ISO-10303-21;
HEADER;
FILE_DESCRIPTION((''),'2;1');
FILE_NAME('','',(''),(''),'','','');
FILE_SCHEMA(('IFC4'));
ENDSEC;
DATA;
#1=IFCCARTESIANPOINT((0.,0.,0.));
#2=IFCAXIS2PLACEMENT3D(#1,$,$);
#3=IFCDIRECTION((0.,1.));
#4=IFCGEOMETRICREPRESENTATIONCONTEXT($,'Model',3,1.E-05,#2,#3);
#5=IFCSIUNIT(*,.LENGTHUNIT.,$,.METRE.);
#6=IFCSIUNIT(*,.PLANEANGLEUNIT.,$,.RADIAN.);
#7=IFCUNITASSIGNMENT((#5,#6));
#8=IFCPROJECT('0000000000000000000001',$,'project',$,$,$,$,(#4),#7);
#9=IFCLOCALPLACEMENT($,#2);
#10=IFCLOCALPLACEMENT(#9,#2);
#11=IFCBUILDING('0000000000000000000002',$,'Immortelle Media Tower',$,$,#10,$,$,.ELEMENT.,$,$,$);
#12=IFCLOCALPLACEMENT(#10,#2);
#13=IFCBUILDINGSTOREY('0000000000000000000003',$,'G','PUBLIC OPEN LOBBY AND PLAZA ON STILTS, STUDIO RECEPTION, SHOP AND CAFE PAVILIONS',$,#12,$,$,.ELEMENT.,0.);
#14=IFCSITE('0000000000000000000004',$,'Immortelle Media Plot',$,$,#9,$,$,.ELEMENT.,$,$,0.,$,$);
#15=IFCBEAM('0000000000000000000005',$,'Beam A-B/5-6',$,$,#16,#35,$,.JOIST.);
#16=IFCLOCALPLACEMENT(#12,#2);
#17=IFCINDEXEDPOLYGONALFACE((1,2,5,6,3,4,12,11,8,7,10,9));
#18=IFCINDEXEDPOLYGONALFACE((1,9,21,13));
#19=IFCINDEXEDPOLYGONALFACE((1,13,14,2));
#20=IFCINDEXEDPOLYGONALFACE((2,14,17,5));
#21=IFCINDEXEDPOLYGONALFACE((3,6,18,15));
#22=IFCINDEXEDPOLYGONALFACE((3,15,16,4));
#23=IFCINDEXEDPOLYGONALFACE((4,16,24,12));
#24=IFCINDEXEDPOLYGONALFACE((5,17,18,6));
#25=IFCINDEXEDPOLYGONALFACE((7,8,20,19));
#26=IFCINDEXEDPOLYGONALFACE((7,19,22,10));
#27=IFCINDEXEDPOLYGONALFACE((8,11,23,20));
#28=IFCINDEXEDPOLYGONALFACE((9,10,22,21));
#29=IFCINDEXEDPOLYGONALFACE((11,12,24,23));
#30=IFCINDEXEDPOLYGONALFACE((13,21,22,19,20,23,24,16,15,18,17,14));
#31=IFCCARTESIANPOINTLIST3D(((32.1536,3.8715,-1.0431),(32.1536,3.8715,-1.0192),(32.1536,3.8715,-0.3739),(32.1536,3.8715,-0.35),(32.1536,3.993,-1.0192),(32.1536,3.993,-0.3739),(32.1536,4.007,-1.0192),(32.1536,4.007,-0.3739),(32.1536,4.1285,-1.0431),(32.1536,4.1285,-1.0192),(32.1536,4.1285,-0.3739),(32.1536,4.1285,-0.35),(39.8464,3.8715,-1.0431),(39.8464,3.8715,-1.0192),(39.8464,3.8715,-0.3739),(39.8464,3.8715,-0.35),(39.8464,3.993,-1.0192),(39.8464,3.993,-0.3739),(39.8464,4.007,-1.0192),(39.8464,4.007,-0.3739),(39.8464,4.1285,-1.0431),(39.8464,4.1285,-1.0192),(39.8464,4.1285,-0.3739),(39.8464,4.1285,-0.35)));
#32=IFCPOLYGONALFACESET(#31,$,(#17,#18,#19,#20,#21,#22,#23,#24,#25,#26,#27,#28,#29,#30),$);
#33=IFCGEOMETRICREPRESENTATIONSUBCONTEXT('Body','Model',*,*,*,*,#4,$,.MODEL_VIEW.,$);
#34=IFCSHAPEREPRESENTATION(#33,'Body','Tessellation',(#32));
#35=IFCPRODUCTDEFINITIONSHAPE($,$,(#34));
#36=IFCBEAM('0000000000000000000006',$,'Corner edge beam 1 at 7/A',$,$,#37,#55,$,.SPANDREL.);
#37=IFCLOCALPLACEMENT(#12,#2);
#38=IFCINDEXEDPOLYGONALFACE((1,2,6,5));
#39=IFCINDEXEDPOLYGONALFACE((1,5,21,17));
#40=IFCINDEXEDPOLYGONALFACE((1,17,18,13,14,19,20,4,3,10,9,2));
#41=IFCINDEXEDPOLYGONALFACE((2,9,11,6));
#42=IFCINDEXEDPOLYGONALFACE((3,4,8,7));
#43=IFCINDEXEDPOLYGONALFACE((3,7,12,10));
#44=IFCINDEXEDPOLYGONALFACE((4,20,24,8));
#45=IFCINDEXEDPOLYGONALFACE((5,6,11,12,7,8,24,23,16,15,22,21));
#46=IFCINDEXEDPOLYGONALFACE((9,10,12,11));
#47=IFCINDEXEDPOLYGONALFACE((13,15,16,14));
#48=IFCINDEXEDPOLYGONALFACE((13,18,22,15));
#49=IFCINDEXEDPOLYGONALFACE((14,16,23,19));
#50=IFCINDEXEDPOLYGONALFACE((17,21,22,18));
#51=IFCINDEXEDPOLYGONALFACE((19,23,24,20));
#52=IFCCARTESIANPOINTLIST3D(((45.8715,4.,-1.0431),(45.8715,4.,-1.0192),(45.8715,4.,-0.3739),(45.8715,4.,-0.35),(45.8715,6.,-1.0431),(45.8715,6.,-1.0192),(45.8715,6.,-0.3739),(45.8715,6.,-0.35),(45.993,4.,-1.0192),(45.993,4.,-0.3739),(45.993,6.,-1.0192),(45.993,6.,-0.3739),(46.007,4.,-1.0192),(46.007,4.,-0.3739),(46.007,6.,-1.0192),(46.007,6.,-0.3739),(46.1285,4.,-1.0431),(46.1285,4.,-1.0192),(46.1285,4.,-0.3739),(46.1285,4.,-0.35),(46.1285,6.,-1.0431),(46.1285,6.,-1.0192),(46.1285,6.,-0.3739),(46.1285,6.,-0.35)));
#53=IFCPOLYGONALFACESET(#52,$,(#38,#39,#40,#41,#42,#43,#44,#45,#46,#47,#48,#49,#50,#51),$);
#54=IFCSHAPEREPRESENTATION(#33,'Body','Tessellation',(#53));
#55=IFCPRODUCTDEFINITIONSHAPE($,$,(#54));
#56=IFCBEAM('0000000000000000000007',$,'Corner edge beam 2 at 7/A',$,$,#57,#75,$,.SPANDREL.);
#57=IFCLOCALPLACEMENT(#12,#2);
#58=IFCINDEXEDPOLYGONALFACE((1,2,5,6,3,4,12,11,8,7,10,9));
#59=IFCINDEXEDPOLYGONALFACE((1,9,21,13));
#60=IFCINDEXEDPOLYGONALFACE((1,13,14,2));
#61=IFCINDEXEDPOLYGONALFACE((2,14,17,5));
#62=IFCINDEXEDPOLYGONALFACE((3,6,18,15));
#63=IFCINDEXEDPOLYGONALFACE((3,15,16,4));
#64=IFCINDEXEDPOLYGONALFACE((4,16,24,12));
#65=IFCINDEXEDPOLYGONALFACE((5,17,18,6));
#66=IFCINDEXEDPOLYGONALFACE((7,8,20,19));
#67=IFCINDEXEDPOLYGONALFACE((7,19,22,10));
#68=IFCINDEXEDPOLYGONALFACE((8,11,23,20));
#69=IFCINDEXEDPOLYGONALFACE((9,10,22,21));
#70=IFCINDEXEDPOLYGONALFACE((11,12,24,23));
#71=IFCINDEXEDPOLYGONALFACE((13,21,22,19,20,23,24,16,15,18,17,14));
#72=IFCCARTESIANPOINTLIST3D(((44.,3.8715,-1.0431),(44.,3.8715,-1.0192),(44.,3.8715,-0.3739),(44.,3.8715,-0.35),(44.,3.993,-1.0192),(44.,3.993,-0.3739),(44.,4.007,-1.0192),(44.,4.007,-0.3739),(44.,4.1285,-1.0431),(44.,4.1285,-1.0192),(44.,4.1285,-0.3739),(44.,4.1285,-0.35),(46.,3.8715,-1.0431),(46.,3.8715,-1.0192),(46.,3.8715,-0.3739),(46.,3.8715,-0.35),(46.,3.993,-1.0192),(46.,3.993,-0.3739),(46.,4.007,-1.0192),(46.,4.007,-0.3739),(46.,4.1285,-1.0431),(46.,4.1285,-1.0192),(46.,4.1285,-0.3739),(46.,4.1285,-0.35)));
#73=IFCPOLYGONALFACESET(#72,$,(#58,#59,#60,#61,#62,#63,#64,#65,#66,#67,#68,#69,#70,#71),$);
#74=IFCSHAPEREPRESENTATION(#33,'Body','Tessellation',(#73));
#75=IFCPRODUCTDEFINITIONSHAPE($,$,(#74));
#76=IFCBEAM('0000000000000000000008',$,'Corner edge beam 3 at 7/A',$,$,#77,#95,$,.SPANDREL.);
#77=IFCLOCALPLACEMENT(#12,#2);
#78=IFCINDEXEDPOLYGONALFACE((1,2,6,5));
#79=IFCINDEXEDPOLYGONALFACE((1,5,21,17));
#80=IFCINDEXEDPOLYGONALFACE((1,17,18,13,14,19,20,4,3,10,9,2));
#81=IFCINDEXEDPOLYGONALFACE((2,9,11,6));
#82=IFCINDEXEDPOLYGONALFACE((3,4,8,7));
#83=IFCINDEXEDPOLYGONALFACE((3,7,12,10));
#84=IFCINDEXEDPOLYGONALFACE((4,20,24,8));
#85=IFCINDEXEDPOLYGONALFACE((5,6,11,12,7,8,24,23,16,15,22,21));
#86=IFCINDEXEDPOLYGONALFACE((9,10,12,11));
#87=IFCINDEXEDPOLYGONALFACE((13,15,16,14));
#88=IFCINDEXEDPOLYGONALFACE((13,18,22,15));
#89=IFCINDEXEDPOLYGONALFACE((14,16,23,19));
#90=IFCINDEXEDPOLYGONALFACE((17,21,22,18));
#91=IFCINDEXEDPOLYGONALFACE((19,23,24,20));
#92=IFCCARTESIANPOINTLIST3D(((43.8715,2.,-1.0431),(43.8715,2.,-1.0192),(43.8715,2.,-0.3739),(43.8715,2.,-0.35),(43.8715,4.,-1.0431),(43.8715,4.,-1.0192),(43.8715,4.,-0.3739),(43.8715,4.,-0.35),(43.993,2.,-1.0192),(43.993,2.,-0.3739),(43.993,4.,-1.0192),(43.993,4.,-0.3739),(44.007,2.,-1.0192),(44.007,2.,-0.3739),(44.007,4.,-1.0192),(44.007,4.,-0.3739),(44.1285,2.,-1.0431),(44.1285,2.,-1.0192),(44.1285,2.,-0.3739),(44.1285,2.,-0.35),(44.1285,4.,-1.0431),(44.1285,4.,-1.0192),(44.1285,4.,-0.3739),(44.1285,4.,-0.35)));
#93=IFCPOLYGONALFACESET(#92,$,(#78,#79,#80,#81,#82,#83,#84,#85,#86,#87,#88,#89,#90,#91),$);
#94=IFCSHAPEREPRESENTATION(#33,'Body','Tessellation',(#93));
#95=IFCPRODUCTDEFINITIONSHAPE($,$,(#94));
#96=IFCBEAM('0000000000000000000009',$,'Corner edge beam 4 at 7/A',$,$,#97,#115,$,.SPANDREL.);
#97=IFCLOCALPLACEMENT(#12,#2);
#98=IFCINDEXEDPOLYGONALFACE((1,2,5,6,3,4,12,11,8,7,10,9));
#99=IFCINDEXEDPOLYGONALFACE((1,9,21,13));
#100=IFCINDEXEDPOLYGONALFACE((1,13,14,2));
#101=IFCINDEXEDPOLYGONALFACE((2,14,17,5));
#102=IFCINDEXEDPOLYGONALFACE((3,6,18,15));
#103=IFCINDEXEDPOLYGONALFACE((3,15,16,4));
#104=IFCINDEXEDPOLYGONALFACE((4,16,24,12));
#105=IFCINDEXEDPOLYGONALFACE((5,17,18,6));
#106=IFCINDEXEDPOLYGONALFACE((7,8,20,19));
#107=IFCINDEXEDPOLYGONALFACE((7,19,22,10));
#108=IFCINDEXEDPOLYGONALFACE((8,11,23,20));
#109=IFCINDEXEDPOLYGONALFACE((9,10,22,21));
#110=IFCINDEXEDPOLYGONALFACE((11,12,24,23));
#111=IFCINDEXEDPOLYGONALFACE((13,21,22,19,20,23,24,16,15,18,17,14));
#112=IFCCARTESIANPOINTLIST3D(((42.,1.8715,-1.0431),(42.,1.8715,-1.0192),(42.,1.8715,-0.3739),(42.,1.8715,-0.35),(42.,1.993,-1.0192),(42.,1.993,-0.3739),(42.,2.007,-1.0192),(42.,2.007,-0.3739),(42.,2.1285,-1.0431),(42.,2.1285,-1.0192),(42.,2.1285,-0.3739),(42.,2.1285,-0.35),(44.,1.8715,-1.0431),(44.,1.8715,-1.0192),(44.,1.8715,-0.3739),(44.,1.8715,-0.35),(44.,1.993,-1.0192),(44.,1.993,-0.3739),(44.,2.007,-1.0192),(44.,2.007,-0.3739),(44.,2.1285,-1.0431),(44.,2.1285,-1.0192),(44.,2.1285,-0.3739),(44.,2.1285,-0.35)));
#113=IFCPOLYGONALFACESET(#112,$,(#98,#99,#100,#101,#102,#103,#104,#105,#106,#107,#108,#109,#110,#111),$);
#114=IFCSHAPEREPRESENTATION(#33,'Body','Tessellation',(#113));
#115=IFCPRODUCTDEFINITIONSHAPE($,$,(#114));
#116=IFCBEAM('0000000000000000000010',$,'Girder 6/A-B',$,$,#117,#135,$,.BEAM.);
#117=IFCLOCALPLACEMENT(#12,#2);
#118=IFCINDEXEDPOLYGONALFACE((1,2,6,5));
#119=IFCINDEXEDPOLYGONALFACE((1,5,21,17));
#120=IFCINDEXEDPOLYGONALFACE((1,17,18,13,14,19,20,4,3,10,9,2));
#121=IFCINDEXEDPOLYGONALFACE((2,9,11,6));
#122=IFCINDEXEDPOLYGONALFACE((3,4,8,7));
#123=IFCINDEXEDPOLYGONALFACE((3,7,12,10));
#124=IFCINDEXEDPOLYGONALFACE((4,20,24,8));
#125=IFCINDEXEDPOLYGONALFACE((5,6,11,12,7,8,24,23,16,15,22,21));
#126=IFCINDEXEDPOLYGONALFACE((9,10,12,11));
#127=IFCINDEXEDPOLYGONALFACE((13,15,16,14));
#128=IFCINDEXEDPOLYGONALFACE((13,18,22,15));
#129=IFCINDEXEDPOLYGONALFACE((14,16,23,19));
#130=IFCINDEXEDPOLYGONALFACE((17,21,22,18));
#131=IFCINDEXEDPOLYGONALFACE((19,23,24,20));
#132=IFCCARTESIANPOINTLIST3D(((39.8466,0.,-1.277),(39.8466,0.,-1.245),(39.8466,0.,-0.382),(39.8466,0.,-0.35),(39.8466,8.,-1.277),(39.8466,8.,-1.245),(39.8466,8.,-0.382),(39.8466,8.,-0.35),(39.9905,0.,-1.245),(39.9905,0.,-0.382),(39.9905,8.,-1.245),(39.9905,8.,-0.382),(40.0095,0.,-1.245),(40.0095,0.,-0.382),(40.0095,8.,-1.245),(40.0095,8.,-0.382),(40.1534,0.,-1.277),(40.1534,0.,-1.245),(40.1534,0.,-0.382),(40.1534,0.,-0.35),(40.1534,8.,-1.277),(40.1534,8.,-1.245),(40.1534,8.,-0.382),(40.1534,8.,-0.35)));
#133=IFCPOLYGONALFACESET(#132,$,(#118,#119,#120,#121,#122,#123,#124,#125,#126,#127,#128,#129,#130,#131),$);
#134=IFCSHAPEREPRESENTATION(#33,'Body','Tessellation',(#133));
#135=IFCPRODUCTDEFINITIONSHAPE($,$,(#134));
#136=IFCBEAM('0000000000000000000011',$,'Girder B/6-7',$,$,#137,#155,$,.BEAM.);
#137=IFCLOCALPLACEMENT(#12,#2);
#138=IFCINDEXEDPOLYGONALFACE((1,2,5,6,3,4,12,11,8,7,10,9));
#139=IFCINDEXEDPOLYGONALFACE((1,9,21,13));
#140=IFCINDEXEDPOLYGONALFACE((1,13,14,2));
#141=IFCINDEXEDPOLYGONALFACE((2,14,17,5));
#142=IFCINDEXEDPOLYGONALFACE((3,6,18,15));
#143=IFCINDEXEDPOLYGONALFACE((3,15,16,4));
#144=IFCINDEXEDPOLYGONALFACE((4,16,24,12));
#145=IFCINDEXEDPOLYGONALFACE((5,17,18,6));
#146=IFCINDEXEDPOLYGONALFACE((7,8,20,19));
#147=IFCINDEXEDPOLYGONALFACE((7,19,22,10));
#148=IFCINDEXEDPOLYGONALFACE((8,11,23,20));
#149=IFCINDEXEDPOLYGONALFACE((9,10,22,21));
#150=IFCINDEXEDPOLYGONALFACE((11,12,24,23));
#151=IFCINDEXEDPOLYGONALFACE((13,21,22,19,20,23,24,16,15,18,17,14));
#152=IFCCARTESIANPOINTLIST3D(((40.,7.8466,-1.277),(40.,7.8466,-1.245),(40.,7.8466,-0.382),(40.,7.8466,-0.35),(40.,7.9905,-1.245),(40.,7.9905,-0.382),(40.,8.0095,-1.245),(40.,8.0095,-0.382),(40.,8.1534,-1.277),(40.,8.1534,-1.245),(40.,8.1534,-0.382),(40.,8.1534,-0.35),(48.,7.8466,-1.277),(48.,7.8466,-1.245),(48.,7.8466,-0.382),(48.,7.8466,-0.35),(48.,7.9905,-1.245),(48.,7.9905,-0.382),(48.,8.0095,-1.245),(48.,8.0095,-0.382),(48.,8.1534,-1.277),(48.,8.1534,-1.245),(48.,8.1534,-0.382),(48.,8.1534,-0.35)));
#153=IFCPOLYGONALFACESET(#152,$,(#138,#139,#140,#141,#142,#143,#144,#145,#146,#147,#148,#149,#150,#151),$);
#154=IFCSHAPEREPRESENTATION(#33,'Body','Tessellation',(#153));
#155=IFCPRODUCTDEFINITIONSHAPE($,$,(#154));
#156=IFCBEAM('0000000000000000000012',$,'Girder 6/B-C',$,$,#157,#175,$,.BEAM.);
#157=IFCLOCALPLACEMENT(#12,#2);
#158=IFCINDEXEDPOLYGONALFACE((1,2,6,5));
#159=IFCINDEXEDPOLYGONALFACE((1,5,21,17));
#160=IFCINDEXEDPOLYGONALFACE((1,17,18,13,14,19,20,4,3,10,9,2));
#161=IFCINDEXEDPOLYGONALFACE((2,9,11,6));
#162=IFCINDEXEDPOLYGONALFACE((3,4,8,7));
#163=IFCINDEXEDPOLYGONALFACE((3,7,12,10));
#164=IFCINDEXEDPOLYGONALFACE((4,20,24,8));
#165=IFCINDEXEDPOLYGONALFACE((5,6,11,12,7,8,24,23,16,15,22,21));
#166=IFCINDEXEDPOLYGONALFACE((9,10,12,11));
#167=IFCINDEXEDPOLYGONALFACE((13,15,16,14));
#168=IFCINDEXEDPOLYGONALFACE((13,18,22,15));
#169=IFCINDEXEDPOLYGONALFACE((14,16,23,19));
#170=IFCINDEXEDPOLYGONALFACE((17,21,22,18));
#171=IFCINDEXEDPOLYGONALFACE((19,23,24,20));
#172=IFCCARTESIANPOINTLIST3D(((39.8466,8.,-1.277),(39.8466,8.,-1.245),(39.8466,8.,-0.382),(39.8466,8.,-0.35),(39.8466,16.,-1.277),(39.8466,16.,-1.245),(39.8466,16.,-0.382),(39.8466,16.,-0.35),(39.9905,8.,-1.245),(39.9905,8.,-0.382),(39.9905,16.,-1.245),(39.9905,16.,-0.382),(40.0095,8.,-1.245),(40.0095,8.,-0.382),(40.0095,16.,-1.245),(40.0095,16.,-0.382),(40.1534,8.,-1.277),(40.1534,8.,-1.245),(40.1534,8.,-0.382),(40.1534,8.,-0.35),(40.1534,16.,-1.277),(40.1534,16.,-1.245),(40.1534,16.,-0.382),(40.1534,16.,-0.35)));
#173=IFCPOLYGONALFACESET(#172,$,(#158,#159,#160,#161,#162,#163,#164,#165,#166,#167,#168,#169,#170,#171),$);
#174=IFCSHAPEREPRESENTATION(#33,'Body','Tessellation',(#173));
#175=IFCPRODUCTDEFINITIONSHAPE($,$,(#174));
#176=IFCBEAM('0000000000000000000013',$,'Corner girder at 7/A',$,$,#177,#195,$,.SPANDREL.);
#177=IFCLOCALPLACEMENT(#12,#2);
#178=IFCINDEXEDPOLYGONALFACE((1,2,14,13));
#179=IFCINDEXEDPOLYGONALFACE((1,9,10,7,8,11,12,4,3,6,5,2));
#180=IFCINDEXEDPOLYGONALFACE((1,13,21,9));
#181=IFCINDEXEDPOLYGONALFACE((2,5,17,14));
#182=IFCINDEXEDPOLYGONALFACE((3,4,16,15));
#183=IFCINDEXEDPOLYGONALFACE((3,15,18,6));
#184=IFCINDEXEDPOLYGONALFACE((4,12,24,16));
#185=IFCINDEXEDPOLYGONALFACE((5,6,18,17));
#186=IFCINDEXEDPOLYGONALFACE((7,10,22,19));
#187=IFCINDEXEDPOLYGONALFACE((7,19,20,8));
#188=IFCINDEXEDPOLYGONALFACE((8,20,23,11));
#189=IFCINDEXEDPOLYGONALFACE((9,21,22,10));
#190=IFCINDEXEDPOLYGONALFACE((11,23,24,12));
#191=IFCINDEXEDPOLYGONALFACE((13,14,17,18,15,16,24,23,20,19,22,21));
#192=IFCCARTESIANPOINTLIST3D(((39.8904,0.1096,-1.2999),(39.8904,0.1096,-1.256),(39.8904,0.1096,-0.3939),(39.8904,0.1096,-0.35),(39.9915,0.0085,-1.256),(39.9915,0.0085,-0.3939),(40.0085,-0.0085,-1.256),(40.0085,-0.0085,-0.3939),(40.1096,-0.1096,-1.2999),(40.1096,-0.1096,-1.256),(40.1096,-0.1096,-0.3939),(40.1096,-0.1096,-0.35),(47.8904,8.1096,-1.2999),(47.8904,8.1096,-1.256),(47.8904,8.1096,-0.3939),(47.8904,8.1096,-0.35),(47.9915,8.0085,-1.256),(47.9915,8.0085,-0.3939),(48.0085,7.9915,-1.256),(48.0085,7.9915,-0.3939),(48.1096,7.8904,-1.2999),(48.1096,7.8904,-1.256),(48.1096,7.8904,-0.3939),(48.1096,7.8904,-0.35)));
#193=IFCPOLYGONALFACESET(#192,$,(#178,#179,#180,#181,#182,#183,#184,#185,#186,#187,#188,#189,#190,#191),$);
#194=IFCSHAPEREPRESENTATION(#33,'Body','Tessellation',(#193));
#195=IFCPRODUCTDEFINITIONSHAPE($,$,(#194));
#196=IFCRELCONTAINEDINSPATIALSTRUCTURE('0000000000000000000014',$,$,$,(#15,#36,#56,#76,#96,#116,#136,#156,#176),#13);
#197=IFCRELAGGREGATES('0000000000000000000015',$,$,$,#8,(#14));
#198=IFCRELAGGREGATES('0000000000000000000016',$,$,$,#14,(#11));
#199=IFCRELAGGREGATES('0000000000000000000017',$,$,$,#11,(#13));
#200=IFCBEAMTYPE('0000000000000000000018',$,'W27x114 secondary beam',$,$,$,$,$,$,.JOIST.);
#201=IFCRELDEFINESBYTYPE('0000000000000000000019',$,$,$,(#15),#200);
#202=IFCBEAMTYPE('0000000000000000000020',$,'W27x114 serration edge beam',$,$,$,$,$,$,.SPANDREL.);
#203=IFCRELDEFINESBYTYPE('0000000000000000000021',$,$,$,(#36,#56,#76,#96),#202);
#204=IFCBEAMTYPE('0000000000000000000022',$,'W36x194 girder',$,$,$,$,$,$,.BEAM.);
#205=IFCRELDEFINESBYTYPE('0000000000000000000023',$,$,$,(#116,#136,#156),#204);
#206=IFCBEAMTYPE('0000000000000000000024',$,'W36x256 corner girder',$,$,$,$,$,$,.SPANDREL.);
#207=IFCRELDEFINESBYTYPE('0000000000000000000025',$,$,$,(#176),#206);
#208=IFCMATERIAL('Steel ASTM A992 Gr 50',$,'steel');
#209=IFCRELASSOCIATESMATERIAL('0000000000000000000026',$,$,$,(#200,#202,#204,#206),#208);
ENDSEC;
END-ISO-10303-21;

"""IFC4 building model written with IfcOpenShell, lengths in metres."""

from ifc_helpers import new_model, si_unit, direction, frame, origin, origin_2d, place, context, subcontext, project, spatial, i_section, extrude, material, material_profile, profile_set, type_object, element, save


model = new_model("IFC4")

# Units and contexts
model_context = context("Model", 3, precision=1e-05, world=origin(), true_north=direction((0.0, 1.0)))
body_context = subcontext(model_context, "Body", "Model", "MODEL_VIEW")
ifc_project = project(units=[si_unit("LENGTHUNIT", "METRE"), si_unit("PLANEANGLEUNIT", "RADIAN")], contexts=[model_context])

# Site, building, storey
site_placement = place(None, origin())
site = spatial("IfcSite", under=ifc_project, at=site_placement, Name="Immortelle Media Plot", CompositionType="ELEMENT", RefElevation=0.0)
building_placement = place(site_placement, origin())
building = spatial("IfcBuilding", under=site, at=building_placement, Name="Immortelle Media Tower", CompositionType="ELEMENT")
storey_placement = place(building_placement, origin())
storey = spatial("IfcBuildingStorey", under=building, at=storey_placement, Name="G", Description="PUBLIC OPEN LOBBY AND PLAZA ON STILTS, STUDIO RECEPTION, SHOP AND CAFE PAVILIONS", CompositionType="ELEMENT", Elevation=0.0)

# Beams
ifc_material_1 = material(Name="Steel ASTM A992 Gr 50", Category="steel")
ifc_material_profile_1 = material_profile(ifc_material_1, i_section(OverallWidth=0.2571, OverallDepth=0.6931, WebThickness=0.0139, FlangeThickness=0.0239, at=origin_2d()), Name="W27x114")
ifc_profile_set_1 = profile_set([ifc_material_profile_1], Name="Steel ASTM A992 Gr 50")
beam_type_1 = type_object("IfcBeamType", Name="W27x114 secondary beam", PredefinedType="JOIST", material=ifc_profile_set_1)
beam_1_placement = place(storey_placement, frame((32.1536, 4.0, -0.6965), z_axis=(1.0, 0.0, 0.0), x_axis=(0.0, 1.0, 0.0)))
element("IfcBeam", 1, at=beam_1_placement, inside=storey, type_object=beam_type_1, Name="Beam A-B/5-6", PredefinedType="JOIST", context=body_context, shape_type="SweptSolid", body=[
    extrude(i_section(OverallWidth=0.2571, OverallDepth=0.6931, WebThickness=0.0139, FlangeThickness=0.0239, at=origin_2d()), origin(), (0.0, 0.0, 1.0), 7.6929),
])
ifc_material_profile_2 = material_profile(ifc_material_1, i_section(OverallWidth=0.2571, OverallDepth=0.6931, WebThickness=0.0139, FlangeThickness=0.0239, at=origin_2d()), Name="W27x114")
ifc_profile_set_2 = profile_set([ifc_material_profile_2], Name="Steel ASTM A992 Gr 50")
beam_type_2 = type_object("IfcBeamType", Name="W27x114 serration edge beam", PredefinedType="SPANDREL", material=ifc_profile_set_2)
for number, where, z_axis, x_axis, name in (
    (2, (46.0, 6.0, -0.6965), (0.0, -1.0, 0.0), (1.0, 0.0, 0.0), "Corner edge beam 1 at 7/A"),
    (3, (46.0, 4.0, -0.6965), (-1.0, 0.0, 0.0), (0.0, -1.0, 0.0), "Corner edge beam 2 at 7/A"),
    (4, (44.0, 4.0, -0.6965), (0.0, -1.0, 0.0), (1.0, 0.0, 0.0), "Corner edge beam 3 at 7/A"),
    (5, (44.0, 2.0, -0.6965), (-1.0, 0.0, 0.0), (0.0, -1.0, 0.0), "Corner edge beam 4 at 7/A"),
):
    element("IfcBeam", number, at=place(storey_placement, frame(where, z_axis=z_axis, x_axis=x_axis)), inside=storey, type_object=beam_type_2, Name=name, PredefinedType="SPANDREL", context=body_context, shape_type="SweptSolid", body=[
        extrude(i_section(OverallWidth=0.2571, OverallDepth=0.6931, WebThickness=0.0139, FlangeThickness=0.0239, at=origin_2d()), origin(), (0.0, 0.0, 1.0), 2.0),
    ])
ifc_material_profile_3 = material_profile(ifc_material_1, i_section(OverallWidth=0.3069, OverallDepth=0.927, WebThickness=0.019, FlangeThickness=0.032, at=origin_2d()), Name="W36x194")
ifc_profile_set_3 = profile_set([ifc_material_profile_3], Name="Steel ASTM A992 Gr 50")
beam_type_3 = type_object("IfcBeamType", Name="W36x194 girder", PredefinedType="BEAM", material=ifc_profile_set_3)
for number, where, z_axis, x_axis, name in (
    (6, (40.0, 0.0, -0.8135), (0.0, 1.0, 0.0), (-1.0, 0.0, 0.0), "Girder 6/A-B"),
    (7, (40.0, 8.0, -0.8135), (1.0, 0.0, 0.0), (0.0, 1.0, 0.0), "Girder B/6-7"),
    (8, (40.0, 8.0, -0.8135), (0.0, 1.0, 0.0), (-1.0, 0.0, 0.0), "Girder 6/B-C"),
):
    element("IfcBeam", number, at=place(storey_placement, frame(where, z_axis=z_axis, x_axis=x_axis)), inside=storey, type_object=beam_type_3, Name=name, PredefinedType="BEAM", context=body_context, shape_type="SweptSolid", body=[
        extrude(i_section(OverallWidth=0.3069, OverallDepth=0.927, WebThickness=0.019, FlangeThickness=0.032, at=origin_2d()), origin(), (0.0, 0.0, 1.0), 8.0),
    ])
ifc_material_profile_4 = material_profile(ifc_material_1, i_section(OverallWidth=0.3101, OverallDepth=0.95, WebThickness=0.0239, FlangeThickness=0.0439, at=origin_2d()), Name="W36x256")
ifc_profile_set_4 = profile_set([ifc_material_profile_4], Name="Steel ASTM A992 Gr 50")
beam_type_4 = type_object("IfcBeamType", Name="W36x256 corner girder", PredefinedType="SPANDREL", material=ifc_profile_set_4)
beam_2_placement = place(storey_placement, frame((48.0, 8.0, -0.825), z_axis=(-0.707107, -0.707107, 0.0), x_axis=(0.707107, -0.707107, 0.0)))
element("IfcBeam", 9, at=beam_2_placement, inside=storey, type_object=beam_type_4, Name="Corner girder at 7/A", PredefinedType="SPANDREL", context=body_context, shape_type="SweptSolid", body=[
    extrude(i_section(OverallWidth=0.3101, OverallDepth=0.95, WebThickness=0.0239, FlangeThickness=0.0439, at=origin_2d()), origin(), (0.0, 0.0, 1.0), 11.3137),
])

save(model, "model.ifc")
